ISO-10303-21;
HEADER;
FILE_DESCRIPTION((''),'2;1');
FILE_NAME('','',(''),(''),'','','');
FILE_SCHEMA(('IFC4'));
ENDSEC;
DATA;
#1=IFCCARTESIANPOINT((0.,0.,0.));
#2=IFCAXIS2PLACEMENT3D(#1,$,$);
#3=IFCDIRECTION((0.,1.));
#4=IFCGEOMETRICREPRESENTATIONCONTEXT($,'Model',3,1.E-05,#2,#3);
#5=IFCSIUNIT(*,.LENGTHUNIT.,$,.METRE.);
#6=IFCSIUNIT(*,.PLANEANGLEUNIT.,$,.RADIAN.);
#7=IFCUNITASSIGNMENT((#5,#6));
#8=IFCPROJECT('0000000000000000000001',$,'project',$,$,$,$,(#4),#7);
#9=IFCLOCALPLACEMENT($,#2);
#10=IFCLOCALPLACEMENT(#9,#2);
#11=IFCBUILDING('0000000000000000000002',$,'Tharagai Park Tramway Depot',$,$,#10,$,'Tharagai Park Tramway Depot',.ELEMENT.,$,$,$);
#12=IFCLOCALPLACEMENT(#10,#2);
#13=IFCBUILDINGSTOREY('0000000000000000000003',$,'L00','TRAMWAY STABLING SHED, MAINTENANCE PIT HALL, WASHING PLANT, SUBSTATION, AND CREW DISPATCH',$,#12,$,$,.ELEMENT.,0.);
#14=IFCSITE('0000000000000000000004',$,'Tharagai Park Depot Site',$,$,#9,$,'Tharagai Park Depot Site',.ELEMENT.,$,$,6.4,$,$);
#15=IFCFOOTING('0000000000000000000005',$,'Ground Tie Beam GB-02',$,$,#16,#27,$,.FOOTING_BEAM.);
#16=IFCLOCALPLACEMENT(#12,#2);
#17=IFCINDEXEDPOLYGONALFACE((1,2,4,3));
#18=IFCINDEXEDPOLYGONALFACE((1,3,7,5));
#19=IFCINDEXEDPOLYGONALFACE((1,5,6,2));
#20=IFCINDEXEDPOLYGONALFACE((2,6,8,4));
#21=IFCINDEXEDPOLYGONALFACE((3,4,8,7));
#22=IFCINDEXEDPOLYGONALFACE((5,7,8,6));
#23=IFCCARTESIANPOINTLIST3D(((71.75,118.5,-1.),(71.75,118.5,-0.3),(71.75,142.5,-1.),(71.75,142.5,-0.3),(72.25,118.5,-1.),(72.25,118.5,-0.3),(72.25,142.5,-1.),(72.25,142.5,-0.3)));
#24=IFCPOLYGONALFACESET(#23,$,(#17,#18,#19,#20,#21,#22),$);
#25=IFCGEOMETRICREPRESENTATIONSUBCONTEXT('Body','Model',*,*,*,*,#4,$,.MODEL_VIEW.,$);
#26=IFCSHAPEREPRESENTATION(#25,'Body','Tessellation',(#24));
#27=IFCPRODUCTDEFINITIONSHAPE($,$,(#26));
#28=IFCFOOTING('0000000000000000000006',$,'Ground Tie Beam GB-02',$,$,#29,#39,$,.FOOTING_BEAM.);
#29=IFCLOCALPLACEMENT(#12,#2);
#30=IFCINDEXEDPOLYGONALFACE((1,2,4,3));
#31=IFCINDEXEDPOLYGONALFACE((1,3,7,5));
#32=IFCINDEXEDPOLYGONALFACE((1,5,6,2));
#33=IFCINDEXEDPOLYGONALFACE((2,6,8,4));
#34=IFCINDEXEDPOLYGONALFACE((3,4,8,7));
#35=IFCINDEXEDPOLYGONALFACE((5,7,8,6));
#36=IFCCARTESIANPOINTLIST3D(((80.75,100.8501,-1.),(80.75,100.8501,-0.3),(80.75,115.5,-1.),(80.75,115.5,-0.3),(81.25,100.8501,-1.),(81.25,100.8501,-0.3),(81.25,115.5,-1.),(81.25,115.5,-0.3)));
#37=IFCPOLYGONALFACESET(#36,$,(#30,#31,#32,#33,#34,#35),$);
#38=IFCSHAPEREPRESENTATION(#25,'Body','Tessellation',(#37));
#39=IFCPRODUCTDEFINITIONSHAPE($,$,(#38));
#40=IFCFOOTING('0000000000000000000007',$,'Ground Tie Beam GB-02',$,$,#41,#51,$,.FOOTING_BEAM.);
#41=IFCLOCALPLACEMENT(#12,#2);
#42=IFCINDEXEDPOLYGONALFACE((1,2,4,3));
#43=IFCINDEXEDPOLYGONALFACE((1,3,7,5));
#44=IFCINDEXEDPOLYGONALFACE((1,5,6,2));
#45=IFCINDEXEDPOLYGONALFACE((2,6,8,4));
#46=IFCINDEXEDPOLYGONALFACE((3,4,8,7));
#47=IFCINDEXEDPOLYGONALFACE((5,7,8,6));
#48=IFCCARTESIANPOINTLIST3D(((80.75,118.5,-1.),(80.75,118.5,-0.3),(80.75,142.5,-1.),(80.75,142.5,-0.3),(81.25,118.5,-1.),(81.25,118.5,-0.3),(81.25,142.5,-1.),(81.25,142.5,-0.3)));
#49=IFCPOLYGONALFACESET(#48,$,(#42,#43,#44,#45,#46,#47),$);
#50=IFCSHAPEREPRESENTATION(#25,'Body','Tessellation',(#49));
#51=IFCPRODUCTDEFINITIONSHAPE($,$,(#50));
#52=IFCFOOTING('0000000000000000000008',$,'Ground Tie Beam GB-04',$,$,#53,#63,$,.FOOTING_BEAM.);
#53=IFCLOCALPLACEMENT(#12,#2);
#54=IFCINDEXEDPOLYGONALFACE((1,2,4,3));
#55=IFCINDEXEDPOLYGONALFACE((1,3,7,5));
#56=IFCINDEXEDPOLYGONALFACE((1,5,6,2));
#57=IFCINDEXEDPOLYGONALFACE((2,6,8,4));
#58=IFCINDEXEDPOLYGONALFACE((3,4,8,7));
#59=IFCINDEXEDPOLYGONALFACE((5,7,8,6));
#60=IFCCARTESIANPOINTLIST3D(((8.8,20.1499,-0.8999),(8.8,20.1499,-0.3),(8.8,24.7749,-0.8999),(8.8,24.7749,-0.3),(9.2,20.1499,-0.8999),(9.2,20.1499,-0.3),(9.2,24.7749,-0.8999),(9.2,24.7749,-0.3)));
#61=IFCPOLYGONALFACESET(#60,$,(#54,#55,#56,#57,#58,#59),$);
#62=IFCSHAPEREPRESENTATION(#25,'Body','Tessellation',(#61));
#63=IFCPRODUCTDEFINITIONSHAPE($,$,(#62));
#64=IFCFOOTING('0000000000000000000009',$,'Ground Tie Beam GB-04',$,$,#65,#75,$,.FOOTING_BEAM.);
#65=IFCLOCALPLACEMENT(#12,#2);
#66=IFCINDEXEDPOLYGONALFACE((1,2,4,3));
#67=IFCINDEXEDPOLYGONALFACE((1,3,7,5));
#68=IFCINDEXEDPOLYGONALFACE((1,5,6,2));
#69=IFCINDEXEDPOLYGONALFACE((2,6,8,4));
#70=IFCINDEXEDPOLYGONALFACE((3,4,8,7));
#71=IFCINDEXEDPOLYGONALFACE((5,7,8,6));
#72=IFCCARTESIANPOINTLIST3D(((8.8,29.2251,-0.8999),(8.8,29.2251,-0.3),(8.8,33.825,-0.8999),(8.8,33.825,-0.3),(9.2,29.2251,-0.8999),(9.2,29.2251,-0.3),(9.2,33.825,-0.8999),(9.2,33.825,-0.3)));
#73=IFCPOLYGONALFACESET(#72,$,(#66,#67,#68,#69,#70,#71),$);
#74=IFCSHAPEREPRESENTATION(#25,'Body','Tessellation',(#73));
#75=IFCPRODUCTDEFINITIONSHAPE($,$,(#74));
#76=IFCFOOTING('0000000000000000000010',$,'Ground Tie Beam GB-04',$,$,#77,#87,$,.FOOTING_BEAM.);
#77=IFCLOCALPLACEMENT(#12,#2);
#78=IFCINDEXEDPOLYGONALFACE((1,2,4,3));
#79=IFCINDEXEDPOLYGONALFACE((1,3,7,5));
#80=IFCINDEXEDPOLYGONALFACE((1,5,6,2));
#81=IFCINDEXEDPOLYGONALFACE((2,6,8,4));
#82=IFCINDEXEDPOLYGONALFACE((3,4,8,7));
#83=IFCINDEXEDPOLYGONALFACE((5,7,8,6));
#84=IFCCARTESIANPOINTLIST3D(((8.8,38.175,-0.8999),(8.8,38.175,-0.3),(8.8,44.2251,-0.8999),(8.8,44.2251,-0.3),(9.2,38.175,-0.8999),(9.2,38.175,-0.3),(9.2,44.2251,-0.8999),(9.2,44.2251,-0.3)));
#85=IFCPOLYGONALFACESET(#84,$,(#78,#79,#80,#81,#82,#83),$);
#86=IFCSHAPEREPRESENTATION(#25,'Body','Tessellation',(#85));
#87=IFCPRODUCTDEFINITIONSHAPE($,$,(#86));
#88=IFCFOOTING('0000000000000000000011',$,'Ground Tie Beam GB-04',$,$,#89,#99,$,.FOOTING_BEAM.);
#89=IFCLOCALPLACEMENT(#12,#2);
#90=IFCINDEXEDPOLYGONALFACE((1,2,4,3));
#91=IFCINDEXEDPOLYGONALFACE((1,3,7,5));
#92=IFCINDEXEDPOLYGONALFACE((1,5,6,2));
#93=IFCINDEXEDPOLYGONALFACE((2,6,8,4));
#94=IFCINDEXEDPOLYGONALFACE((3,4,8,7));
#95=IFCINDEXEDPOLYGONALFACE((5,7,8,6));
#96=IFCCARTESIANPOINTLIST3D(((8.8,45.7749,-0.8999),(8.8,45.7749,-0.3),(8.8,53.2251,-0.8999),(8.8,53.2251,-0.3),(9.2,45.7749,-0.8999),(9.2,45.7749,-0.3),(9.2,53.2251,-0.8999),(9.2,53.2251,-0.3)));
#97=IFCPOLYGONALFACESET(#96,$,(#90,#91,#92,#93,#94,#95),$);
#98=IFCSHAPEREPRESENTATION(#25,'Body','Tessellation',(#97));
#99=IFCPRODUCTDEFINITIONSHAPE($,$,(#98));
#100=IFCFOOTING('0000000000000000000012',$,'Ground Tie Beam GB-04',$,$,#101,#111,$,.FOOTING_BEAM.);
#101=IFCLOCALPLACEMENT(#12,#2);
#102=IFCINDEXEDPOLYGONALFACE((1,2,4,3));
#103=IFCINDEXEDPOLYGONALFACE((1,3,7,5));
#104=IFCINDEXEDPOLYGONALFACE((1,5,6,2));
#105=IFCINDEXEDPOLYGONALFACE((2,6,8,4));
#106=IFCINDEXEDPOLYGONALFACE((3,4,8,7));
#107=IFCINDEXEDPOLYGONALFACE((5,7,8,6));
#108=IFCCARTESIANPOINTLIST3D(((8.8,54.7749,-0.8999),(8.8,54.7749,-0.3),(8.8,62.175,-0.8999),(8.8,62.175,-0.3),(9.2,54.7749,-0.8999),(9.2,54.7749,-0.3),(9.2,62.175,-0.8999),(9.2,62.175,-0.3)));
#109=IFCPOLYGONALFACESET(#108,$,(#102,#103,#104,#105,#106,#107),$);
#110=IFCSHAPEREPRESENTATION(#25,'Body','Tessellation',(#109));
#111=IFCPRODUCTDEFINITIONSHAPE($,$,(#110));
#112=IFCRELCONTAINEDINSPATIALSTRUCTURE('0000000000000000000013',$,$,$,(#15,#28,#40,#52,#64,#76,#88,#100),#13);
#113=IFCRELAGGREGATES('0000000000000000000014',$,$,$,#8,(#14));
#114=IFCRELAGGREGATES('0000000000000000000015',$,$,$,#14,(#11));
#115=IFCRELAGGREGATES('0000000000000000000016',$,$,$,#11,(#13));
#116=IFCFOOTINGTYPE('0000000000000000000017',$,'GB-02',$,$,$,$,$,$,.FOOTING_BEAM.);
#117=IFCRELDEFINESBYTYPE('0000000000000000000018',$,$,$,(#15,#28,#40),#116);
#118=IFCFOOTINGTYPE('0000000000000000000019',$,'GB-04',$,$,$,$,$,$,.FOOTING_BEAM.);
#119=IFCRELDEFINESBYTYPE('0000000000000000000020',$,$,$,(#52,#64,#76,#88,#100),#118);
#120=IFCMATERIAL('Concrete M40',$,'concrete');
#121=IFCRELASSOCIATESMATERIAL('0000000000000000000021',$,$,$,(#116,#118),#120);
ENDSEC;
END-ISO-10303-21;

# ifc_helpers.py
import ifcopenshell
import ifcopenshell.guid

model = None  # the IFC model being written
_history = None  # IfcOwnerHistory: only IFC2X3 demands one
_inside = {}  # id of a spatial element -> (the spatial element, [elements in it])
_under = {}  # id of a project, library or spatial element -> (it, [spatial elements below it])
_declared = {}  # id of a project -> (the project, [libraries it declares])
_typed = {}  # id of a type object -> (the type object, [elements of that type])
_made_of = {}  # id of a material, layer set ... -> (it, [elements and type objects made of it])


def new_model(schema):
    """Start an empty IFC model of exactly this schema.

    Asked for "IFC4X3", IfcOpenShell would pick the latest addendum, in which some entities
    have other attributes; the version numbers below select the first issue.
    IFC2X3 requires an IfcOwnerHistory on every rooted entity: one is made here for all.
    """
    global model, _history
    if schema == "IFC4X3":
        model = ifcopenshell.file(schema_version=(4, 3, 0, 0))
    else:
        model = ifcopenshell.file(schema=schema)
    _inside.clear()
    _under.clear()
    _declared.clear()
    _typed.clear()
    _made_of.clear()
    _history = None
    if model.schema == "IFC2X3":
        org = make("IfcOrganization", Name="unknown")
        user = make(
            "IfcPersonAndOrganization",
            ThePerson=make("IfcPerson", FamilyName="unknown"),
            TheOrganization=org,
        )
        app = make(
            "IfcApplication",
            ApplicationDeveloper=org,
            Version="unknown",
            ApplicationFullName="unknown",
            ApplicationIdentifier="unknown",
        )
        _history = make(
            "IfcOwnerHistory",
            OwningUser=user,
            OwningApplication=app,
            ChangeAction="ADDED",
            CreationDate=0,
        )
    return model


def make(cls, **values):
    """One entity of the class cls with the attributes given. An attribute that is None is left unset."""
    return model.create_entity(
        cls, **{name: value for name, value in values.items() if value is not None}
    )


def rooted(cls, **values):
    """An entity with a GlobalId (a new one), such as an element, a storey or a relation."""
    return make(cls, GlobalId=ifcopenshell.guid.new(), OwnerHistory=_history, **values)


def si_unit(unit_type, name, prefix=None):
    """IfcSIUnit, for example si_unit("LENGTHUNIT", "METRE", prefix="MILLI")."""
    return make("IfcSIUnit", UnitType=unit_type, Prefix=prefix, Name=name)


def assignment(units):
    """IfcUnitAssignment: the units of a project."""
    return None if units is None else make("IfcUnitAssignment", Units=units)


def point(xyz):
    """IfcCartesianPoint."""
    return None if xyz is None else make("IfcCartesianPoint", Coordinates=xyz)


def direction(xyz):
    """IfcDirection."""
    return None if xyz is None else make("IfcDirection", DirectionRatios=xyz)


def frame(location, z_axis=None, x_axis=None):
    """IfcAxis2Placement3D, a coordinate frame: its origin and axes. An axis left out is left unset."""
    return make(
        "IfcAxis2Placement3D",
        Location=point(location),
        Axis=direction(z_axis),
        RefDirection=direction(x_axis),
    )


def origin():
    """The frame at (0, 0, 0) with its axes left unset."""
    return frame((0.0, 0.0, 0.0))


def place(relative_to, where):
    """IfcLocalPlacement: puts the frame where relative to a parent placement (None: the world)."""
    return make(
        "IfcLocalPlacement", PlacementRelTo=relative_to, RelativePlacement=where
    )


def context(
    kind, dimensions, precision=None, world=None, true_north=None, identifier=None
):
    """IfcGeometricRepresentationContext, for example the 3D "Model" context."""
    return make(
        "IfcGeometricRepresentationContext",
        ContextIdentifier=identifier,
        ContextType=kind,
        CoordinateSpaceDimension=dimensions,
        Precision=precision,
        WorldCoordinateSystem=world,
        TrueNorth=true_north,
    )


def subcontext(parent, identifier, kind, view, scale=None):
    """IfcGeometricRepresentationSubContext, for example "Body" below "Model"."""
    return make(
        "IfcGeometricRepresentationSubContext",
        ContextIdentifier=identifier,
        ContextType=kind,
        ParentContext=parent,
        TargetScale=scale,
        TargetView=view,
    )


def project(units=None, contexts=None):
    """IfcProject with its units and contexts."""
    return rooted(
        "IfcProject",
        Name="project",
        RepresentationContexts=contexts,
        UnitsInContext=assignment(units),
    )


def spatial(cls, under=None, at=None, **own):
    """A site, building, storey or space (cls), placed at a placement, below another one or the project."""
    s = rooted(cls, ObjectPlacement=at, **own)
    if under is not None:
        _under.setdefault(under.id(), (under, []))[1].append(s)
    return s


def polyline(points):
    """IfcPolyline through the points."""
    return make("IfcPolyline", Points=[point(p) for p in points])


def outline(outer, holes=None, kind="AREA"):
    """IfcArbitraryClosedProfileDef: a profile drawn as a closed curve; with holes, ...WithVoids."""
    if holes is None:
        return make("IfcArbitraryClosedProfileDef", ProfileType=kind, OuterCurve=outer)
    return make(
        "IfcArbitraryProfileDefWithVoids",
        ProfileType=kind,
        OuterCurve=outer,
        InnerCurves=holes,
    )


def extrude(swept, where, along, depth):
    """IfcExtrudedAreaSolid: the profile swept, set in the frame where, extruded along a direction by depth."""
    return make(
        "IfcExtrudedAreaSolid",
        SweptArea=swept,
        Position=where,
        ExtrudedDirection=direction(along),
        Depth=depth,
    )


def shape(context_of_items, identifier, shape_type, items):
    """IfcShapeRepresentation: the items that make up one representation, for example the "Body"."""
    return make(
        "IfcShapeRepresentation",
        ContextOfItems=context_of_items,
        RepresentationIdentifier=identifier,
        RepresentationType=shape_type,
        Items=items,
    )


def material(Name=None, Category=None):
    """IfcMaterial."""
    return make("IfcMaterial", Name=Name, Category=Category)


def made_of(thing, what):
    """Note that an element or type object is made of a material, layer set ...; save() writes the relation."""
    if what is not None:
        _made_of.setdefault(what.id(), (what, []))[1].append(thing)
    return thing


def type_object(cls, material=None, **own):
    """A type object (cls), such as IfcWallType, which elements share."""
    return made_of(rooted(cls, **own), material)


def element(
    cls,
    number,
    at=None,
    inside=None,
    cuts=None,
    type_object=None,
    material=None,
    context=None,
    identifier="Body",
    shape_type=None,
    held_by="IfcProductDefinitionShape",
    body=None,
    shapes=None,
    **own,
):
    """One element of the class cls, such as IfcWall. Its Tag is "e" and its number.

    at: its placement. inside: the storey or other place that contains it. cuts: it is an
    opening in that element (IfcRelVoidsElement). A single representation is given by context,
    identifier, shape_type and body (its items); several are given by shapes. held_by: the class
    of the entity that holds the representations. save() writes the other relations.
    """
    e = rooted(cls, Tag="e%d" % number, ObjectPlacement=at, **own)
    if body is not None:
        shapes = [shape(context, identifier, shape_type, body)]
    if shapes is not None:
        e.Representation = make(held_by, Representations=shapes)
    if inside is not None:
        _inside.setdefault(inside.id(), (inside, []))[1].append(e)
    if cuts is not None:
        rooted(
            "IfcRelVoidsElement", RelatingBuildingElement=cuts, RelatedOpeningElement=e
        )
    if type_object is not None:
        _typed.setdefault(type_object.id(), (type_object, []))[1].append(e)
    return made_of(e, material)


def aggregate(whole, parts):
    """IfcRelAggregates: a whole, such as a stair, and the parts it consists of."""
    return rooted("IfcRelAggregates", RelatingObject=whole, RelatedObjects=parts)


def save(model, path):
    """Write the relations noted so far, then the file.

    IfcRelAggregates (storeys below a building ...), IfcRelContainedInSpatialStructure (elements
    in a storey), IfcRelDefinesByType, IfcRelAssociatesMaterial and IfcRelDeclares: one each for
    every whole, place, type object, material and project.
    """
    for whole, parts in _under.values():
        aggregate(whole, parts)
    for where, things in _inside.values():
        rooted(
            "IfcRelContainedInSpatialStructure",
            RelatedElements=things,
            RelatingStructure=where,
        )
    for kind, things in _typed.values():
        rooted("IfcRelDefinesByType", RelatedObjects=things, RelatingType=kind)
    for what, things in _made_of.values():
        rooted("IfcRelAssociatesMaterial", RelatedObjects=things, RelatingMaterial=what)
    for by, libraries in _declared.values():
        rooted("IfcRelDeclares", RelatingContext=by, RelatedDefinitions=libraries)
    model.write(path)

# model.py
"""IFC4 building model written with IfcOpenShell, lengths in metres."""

from ifc_helpers import new_model, si_unit, direction, frame, origin, place, context, subcontext, project, spatial, polyline, outline, extrude, material, type_object, element, save


model = new_model("IFC4")

# Units and contexts
model_context = context("Model", 3, precision=1e-05, world=origin(), true_north=direction((0.0, 1.0)))
body_context = subcontext(model_context, "Body", "Model", "MODEL_VIEW")
ifc_project = project(units=[si_unit("LENGTHUNIT", "METRE"), si_unit("PLANEANGLEUNIT", "RADIAN")], contexts=[model_context])

# Site, building, storey
site_placement = place(None, origin())
site = spatial("IfcSite", under=ifc_project, at=site_placement, Name="Tharagai Park Depot Site", LongName="Tharagai Park Depot Site", CompositionType="ELEMENT", RefElevation=6.4)
building_placement = place(site_placement, origin())
building = spatial("IfcBuilding", under=site, at=building_placement, Name="Tharagai Park Tramway Depot", LongName="Tharagai Park Tramway Depot", CompositionType="ELEMENT")
storey_placement = place(building_placement, origin())
storey = spatial("IfcBuildingStorey", under=building, at=storey_placement, Name="L00", Description="TRAMWAY STABLING SHED, MAINTENANCE PIT HALL, WASHING PLANT, SUBSTATION, AND CREW DISPATCH", CompositionType="ELEMENT", Elevation=0.0)

# Footings
ifc_material = material(Name="Concrete M40", Category="concrete")
footing_type_1 = type_object("IfcFootingType", Name="GB-02", PredefinedType="FOOTING_BEAM", material=ifc_material)
footing_1_placement = place(storey_placement, frame((0.0, 0.0, -1.0)))
element("IfcFooting", 1, at=footing_1_placement, inside=storey, type_object=footing_type_1, Name="Ground Tie Beam GB-02", PredefinedType="FOOTING_BEAM", context=body_context, shape_type="SweptSolid", body=[
    extrude(outline(polyline([(71.75, 118.5), (72.25, 118.5), (72.25, 142.5), (71.75, 142.5), (71.75, 118.5)])), origin(), (0.0, 0.0, 1.0), 0.7),
])
footing_2_placement = place(storey_placement, frame((0.0, 0.0, -1.0)))
element("IfcFooting", 2, at=footing_2_placement, inside=storey, type_object=footing_type_1, Name="Ground Tie Beam GB-02", PredefinedType="FOOTING_BEAM", context=body_context, shape_type="SweptSolid", body=[
    extrude(outline(polyline([(80.75, 100.8501), (81.25, 100.8501), (81.25, 115.5), (80.75, 115.5), (80.75, 100.8501)])), origin(), (0.0, 0.0, 1.0), 0.7),
])
footing_3_placement = place(storey_placement, frame((0.0, 0.0, -1.0)))
element("IfcFooting", 3, at=footing_3_placement, inside=storey, type_object=footing_type_1, Name="Ground Tie Beam GB-02", PredefinedType="FOOTING_BEAM", context=body_context, shape_type="SweptSolid", body=[
    extrude(outline(polyline([(80.75, 118.5), (81.25, 118.5), (81.25, 142.5), (80.75, 142.5), (80.75, 118.5)])), origin(), (0.0, 0.0, 1.0), 0.7),
])
footing_type_2 = type_object("IfcFootingType", Name="GB-04", PredefinedType="FOOTING_BEAM", material=ifc_material)
footing_4_placement = place(storey_placement, frame((0.0, 0.0, -0.8999)))
element("IfcFooting", 4, at=footing_4_placement, inside=storey, type_object=footing_type_2, Name="Ground Tie Beam GB-04", PredefinedType="FOOTING_BEAM", context=body_context, shape_type="SweptSolid", body=[
    extrude(outline(polyline([(8.8, 20.1499), (9.2, 20.1499), (9.2, 24.7749), (8.8, 24.7749), (8.8, 20.1499)])), origin(), (0.0, 0.0, 1.0), 0.5999),
])
footing_5_placement = place(storey_placement, frame((0.0, 0.0, -0.8999)))
element("IfcFooting", 5, at=footing_5_placement, inside=storey, type_object=footing_type_2, Name="Ground Tie Beam GB-04", PredefinedType="FOOTING_BEAM", context=body_context, shape_type="SweptSolid", body=[
    extrude(outline(polyline([(8.8, 29.2251), (9.2, 29.2251), (9.2, 33.825), (8.8, 33.825), (8.8, 29.2251)])), origin(), (0.0, 0.0, 1.0), 0.5999),
])
footing_6_placement = place(storey_placement, frame((0.0, 0.0, -0.8999)))
element("IfcFooting", 6, at=footing_6_placement, inside=storey, type_object=footing_type_2, Name="Ground Tie Beam GB-04", PredefinedType="FOOTING_BEAM", context=body_context, shape_type="SweptSolid", body=[
    extrude(outline(polyline([(8.8, 38.175), (9.2, 38.175), (9.2, 44.2251), (8.8, 44.2251), (8.8, 38.175)])), origin(), (0.0, 0.0, 1.0), 0.5999),
])
footing_7_placement = place(storey_placement, frame((0.0, 0.0, -0.8999)))
element("IfcFooting", 7, at=footing_7_placement, inside=storey, type_object=footing_type_2, Name="Ground Tie Beam GB-04", PredefinedType="FOOTING_BEAM", context=body_context, shape_type="SweptSolid", body=[
    extrude(outline(polyline([(8.8, 45.7749), (9.2, 45.7749), (9.2, 53.2251), (8.8, 53.2251), (8.8, 45.7749)])), origin(), (0.0, 0.0, 1.0), 0.5999),
])
footing_8_placement = place(storey_placement, frame((0.0, 0.0, -0.8999)))
element("IfcFooting", 8, at=footing_8_placement, inside=storey, type_object=footing_type_2, Name="Ground Tie Beam GB-04", PredefinedType="FOOTING_BEAM", context=body_context, shape_type="SweptSolid", body=[
    extrude(outline(polyline([(8.8, 54.7749), (9.2, 54.7749), (9.2, 62.175), (8.8, 62.175), (8.8, 54.7749)])), origin(), (0.0, 0.0, 1.0), 0.5999),
])

save(model, "model.ifc")
